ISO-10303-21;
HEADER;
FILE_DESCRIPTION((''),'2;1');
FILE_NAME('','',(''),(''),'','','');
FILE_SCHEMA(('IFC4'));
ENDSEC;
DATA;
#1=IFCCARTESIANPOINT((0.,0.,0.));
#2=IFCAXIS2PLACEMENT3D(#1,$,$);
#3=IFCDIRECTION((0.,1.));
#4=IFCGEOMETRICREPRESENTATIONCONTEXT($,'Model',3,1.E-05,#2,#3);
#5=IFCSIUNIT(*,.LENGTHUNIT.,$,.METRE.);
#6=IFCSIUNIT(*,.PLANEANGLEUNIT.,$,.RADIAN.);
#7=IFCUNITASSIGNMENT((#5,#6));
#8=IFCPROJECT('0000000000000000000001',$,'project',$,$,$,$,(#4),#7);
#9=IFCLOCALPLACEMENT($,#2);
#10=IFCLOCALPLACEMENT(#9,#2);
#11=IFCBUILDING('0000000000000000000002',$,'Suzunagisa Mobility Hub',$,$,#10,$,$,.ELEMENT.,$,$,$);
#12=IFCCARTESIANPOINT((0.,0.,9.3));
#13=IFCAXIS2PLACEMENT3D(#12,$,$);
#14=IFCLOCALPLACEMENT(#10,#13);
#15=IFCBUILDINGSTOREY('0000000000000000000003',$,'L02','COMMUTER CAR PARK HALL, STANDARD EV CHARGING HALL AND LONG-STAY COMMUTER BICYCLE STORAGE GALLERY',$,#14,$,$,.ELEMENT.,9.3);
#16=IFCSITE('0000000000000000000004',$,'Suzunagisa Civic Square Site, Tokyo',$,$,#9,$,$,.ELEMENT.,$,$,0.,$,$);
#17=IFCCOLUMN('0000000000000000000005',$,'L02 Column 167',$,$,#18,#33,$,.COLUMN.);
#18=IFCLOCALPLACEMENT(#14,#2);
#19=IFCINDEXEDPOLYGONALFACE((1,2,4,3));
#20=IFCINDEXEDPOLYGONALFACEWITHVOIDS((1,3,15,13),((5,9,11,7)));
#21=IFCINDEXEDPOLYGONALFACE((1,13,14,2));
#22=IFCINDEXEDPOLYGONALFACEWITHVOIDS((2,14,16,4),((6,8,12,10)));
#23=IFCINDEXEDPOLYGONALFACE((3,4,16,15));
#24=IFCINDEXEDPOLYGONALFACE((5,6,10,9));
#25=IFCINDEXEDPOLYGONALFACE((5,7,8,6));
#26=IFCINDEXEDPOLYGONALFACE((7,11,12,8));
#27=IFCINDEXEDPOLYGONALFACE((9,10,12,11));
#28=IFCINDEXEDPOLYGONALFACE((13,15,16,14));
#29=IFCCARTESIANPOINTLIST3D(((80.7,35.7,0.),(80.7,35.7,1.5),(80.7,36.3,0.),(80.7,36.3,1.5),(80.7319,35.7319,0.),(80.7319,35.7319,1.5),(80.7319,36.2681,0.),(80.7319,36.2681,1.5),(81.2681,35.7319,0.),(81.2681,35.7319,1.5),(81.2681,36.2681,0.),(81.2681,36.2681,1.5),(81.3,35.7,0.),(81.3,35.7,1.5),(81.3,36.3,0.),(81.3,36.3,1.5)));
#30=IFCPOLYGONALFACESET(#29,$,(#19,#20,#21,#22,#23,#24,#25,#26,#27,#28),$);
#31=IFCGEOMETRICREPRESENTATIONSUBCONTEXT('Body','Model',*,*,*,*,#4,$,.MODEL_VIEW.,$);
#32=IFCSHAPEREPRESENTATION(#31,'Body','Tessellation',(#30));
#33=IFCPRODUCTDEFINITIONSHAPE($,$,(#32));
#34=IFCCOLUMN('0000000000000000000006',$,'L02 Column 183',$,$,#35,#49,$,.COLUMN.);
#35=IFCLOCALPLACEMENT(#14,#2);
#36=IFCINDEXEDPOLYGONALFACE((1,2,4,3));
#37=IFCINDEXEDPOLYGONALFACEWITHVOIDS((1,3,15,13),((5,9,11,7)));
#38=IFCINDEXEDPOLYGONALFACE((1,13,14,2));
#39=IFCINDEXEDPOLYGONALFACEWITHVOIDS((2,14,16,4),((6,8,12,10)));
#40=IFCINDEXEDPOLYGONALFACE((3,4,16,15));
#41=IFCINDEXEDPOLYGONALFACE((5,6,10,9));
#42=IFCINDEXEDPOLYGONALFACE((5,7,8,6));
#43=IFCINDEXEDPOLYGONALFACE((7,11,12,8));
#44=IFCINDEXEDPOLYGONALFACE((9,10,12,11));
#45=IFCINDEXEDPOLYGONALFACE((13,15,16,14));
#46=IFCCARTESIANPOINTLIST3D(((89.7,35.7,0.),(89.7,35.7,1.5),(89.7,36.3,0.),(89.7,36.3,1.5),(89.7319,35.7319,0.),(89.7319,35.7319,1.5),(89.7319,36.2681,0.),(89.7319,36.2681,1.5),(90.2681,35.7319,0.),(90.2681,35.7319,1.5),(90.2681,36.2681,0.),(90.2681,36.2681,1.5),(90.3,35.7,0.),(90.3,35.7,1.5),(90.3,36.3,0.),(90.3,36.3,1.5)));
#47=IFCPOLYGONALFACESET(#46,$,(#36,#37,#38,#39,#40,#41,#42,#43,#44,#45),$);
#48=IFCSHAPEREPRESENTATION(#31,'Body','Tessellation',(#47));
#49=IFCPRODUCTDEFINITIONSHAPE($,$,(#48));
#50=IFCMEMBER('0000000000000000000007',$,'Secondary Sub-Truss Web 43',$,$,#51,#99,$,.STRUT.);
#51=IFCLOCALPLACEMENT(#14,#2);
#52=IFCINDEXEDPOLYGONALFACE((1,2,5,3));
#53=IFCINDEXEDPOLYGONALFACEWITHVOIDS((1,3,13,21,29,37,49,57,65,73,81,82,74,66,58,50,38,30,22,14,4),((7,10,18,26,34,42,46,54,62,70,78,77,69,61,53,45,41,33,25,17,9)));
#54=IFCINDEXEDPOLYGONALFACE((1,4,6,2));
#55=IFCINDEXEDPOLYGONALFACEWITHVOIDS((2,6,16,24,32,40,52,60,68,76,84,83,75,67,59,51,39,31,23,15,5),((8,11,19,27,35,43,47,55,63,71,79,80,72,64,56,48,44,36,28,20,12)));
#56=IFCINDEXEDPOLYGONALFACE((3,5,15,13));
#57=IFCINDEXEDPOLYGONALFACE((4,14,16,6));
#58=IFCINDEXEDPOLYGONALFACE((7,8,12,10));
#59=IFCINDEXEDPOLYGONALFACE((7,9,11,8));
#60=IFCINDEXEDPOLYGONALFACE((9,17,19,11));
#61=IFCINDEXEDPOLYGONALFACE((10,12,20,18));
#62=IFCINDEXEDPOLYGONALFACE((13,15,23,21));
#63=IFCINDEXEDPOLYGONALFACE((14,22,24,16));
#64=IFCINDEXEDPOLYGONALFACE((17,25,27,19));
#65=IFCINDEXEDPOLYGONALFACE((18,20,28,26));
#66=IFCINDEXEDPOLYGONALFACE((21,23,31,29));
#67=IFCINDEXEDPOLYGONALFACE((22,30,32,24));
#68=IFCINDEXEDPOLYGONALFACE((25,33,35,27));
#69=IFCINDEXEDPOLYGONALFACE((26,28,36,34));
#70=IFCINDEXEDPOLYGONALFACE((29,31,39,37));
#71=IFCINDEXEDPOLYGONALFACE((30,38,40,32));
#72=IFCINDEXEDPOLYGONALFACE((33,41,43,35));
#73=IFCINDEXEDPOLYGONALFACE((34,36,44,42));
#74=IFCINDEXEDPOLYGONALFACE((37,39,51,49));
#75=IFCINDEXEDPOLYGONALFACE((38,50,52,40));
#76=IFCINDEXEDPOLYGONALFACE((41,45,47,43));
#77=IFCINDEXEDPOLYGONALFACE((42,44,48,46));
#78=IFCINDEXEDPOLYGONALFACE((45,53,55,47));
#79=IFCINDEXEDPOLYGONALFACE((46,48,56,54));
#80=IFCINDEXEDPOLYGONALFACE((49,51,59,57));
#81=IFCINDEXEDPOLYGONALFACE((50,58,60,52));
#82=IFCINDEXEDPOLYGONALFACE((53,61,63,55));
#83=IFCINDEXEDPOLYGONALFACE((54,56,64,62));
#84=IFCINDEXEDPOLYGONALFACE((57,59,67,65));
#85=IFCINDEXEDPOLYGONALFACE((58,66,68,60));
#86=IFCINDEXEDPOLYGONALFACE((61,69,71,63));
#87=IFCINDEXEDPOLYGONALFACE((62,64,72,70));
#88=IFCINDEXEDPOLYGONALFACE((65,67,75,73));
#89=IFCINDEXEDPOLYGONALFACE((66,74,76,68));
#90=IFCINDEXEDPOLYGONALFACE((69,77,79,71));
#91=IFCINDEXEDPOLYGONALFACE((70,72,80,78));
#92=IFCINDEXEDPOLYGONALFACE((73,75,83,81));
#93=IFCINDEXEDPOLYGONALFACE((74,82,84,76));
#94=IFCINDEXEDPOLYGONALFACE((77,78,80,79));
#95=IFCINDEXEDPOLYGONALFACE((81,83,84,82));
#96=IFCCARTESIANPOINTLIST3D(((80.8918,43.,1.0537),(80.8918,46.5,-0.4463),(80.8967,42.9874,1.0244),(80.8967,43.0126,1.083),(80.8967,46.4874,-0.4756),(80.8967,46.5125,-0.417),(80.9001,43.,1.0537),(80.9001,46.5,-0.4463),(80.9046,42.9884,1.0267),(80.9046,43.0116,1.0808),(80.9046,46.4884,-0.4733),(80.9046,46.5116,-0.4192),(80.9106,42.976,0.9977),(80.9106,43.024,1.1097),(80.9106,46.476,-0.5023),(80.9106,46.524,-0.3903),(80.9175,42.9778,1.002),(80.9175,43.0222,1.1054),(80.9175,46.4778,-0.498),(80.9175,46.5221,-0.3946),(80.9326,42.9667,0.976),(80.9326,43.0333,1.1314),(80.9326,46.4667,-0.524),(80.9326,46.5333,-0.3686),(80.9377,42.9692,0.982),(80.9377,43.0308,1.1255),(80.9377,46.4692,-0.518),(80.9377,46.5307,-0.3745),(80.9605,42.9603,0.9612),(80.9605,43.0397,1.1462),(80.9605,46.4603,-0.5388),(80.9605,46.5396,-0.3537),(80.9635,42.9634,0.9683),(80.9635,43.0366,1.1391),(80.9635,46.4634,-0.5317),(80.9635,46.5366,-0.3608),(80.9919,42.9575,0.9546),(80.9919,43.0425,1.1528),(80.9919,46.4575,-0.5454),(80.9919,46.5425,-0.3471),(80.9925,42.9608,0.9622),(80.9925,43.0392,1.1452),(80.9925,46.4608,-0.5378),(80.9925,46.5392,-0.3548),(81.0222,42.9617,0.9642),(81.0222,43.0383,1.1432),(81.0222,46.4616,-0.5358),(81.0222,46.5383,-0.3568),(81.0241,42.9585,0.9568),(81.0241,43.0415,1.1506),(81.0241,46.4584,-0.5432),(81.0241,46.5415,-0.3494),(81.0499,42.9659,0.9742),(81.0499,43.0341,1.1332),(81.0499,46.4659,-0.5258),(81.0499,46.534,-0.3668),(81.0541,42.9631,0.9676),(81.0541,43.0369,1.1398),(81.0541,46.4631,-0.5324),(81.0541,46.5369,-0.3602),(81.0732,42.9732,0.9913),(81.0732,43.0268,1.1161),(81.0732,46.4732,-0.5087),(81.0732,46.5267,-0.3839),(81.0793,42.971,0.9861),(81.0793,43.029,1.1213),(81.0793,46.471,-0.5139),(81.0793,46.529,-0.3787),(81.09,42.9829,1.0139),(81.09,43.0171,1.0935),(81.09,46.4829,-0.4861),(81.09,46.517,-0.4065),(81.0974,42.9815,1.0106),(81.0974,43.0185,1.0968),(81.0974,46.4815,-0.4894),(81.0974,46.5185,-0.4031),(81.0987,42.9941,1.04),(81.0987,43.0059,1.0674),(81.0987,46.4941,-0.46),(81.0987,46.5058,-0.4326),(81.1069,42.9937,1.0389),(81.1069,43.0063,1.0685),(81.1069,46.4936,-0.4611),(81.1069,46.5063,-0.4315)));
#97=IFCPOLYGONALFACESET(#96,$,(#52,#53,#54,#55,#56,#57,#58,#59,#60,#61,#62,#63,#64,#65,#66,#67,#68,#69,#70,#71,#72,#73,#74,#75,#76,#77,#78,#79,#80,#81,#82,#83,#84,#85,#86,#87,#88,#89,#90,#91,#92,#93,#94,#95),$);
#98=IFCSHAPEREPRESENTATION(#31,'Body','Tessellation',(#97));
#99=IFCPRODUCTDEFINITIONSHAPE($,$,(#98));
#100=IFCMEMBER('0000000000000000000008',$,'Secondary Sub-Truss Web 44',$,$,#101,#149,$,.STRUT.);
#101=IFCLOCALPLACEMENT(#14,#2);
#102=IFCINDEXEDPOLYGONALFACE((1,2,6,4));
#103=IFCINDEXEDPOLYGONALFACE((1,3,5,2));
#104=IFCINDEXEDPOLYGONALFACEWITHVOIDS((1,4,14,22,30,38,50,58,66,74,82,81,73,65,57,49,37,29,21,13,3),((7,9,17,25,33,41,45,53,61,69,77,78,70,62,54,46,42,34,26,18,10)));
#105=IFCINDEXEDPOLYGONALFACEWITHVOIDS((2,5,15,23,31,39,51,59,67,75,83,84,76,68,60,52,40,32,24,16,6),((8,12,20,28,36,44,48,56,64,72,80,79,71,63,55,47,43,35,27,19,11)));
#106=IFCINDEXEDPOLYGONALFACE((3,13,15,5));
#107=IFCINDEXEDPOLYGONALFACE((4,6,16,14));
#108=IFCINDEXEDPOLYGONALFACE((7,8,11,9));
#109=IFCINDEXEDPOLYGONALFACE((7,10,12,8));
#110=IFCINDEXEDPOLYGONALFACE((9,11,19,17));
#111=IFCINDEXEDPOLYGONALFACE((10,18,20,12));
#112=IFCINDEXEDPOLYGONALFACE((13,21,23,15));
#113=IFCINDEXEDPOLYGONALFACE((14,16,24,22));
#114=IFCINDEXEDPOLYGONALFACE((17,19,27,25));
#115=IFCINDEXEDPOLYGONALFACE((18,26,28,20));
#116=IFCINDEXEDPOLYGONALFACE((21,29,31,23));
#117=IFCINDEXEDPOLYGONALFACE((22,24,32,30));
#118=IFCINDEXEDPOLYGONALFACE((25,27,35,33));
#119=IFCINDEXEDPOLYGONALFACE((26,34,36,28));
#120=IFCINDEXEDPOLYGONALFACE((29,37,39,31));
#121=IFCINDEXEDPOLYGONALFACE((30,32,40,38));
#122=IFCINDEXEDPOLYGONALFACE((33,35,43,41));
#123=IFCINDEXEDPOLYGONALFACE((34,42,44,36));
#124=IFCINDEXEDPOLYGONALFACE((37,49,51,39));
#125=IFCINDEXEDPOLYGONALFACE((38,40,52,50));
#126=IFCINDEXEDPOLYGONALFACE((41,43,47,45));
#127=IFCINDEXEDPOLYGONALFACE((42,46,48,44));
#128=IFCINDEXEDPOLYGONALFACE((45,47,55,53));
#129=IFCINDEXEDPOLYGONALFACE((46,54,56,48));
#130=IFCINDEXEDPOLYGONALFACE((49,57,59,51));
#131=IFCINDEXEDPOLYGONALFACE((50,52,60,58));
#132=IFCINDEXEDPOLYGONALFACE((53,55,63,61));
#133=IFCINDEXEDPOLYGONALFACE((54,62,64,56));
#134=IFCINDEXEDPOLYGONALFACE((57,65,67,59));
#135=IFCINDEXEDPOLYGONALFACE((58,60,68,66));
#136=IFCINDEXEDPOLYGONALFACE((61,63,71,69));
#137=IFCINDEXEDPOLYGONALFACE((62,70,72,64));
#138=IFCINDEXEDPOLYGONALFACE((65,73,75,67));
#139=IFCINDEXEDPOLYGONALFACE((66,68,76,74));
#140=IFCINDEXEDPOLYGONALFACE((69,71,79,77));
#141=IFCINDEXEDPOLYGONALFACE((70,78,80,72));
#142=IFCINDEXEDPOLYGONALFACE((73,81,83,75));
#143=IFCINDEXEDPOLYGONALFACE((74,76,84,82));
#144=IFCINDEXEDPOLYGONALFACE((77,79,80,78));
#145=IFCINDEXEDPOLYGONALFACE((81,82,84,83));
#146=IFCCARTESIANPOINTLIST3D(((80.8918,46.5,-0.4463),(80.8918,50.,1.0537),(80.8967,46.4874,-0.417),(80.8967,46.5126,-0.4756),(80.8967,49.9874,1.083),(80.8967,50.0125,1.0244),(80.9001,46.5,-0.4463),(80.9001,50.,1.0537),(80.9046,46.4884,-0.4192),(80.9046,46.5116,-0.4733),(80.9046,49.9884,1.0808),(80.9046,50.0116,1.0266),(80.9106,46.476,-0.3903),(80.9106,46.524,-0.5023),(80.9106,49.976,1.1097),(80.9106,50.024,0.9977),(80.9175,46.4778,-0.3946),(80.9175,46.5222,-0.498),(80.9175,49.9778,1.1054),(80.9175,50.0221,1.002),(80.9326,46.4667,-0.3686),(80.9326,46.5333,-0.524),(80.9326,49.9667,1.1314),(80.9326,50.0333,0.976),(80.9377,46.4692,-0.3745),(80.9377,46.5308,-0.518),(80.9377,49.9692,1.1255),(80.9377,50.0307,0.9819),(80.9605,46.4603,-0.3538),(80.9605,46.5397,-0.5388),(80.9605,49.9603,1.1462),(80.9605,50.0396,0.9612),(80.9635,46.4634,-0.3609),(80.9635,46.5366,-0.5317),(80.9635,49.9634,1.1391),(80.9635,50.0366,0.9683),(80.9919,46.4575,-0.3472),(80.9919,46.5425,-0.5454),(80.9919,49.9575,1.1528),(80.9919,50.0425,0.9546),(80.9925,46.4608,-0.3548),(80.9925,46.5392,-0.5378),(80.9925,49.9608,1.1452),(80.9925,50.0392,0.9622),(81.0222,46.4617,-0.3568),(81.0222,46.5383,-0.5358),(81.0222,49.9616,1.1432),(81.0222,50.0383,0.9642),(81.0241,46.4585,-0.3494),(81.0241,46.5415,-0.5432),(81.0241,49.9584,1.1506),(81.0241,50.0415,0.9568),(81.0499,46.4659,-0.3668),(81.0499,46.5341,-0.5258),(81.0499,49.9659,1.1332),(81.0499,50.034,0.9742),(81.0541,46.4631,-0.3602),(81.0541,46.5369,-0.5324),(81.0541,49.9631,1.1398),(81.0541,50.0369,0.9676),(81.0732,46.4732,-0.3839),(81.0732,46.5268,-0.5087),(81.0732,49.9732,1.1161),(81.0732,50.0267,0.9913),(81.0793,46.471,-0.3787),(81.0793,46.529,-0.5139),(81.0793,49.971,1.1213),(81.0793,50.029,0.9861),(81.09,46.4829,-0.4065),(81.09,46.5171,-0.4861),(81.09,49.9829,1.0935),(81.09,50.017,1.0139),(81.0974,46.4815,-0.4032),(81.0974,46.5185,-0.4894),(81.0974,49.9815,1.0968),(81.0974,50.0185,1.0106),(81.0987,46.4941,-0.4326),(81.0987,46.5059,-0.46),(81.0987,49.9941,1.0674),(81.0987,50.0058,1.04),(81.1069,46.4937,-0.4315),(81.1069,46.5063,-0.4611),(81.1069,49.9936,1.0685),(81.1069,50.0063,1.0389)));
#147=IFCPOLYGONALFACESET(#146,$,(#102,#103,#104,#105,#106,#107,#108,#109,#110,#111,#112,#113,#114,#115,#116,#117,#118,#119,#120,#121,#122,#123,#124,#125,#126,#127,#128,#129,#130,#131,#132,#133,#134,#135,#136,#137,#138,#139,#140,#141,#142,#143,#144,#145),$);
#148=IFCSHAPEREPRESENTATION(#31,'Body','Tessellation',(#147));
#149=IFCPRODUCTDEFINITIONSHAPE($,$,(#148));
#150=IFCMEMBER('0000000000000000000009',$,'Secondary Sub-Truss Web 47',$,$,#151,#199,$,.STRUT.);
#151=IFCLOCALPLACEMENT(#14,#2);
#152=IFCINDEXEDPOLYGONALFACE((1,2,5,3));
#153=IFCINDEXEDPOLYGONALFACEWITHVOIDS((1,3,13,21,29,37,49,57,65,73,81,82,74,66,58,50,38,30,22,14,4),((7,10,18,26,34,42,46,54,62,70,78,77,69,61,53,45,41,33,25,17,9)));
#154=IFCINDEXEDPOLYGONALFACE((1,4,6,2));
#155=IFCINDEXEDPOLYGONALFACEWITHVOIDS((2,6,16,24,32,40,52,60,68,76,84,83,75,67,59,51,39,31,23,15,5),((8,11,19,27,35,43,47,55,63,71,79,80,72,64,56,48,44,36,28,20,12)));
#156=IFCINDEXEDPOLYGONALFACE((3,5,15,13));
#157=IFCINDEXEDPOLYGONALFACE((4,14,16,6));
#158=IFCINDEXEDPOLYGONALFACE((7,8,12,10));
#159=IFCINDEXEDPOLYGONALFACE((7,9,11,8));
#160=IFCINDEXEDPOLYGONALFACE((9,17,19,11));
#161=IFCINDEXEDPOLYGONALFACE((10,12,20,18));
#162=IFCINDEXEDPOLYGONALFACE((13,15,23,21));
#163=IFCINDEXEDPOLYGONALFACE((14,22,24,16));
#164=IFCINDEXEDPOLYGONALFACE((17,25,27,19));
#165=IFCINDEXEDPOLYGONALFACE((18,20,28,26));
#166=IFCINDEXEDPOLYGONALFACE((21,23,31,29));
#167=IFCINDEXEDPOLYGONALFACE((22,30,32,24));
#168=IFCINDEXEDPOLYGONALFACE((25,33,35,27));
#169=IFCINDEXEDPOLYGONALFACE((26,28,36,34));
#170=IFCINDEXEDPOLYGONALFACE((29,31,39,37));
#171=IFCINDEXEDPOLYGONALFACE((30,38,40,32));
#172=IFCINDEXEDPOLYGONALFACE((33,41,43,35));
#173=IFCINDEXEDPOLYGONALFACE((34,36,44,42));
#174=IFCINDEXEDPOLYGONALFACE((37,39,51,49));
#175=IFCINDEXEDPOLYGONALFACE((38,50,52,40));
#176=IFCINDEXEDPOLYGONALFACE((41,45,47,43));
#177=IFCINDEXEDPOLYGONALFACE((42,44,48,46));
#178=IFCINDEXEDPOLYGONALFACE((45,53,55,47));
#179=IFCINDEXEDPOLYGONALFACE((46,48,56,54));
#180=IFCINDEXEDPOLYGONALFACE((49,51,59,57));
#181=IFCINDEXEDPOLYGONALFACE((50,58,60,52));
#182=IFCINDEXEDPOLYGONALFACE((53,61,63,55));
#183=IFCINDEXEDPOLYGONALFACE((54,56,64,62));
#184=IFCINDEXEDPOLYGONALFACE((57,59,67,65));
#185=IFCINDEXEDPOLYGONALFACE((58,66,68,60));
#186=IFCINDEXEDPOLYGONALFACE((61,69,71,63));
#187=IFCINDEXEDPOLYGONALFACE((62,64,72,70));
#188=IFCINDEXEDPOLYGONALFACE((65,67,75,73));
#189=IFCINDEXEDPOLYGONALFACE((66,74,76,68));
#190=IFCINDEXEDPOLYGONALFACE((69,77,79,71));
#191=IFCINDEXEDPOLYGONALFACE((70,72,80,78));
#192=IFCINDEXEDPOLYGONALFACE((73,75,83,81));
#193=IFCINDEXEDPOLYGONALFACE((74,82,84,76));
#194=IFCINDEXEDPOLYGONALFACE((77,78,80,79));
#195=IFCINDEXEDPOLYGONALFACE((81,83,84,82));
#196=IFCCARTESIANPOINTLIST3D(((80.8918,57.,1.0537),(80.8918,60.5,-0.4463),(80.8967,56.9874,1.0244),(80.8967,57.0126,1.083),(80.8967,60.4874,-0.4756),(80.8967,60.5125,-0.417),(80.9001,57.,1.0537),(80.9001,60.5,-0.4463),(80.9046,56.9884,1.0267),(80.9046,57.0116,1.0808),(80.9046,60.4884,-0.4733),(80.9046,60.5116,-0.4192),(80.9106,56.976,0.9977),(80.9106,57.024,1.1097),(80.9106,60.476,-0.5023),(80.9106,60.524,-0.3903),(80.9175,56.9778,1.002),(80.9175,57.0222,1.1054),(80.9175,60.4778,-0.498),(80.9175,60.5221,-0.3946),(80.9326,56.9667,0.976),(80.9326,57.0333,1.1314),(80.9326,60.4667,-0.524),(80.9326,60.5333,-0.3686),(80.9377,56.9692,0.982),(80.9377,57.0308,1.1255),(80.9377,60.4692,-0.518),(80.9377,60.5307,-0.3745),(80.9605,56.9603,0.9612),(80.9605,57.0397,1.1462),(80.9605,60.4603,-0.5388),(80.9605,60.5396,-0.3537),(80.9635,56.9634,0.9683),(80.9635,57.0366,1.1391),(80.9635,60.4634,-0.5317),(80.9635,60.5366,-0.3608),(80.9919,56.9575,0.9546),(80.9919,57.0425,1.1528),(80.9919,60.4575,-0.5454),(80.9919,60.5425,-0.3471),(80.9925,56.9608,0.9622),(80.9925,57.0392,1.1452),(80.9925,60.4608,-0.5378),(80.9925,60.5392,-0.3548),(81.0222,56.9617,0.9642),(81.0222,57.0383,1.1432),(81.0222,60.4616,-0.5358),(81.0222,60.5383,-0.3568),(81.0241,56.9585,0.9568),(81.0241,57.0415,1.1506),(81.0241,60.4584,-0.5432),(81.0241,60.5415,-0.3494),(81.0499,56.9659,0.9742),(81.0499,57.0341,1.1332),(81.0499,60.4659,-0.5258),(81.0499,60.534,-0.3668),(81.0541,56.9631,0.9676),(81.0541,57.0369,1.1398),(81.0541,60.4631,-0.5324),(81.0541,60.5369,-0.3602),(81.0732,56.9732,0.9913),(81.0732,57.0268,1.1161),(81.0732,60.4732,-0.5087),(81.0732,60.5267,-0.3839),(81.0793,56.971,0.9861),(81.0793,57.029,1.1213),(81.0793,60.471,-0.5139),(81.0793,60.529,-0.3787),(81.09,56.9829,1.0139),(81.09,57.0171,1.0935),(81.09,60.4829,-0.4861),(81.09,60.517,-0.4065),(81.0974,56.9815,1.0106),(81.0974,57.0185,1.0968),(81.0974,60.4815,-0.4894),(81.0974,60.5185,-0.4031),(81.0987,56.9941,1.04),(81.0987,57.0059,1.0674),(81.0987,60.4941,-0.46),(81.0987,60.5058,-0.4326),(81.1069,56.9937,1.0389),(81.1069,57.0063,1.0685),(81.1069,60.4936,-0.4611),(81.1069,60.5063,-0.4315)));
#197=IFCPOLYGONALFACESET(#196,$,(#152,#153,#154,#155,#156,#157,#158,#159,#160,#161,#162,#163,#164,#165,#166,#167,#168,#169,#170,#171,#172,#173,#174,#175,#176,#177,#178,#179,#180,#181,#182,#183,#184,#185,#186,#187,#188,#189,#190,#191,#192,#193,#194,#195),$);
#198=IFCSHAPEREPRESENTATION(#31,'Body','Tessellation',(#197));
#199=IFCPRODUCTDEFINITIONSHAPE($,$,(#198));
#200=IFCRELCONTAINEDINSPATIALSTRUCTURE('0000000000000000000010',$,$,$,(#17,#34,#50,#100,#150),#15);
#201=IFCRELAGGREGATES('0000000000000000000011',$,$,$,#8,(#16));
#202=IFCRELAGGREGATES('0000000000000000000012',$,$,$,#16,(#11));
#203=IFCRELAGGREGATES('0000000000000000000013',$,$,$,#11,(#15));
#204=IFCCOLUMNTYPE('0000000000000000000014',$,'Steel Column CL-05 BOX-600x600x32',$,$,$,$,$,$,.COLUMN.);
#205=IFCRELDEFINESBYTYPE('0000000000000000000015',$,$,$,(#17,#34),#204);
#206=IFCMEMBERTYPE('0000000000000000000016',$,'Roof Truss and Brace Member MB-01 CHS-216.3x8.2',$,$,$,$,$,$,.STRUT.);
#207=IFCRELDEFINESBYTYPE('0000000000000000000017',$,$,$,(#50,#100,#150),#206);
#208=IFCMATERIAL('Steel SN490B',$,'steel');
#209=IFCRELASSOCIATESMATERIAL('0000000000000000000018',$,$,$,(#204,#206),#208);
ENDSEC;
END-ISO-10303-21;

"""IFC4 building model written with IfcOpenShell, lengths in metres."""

from ifc_helpers import new_model, si_unit, direction, frame, origin, origin_2d, place, context, subcontext, project, spatial, hollow_rectangle, hollow_circle, extrude, material, material_profile, profile_set, type_object, element, save


model = new_model("IFC4")

# Units and contexts
model_context = context("Model", 3, precision=1e-05, world=origin(), true_north=direction((0.0, 1.0)))
body_context = subcontext(model_context, "Body", "Model", "MODEL_VIEW")
ifc_project = project(units=[si_unit("LENGTHUNIT", "METRE"), si_unit("PLANEANGLEUNIT", "RADIAN")], contexts=[model_context])

# Site, building, storey
site_placement = place(None, origin())
site = spatial("IfcSite", under=ifc_project, at=site_placement, Name="Suzunagisa Civic Square Site, Tokyo", CompositionType="ELEMENT", RefElevation=0.0)
building_placement = place(site_placement, origin())
building = spatial("IfcBuilding", under=site, at=building_placement, Name="Suzunagisa Mobility Hub", CompositionType="ELEMENT")
storey_placement = place(building_placement, frame((0.0, 0.0, 9.3)))
storey = spatial("IfcBuildingStorey", under=building, at=storey_placement, Name="L02", Description="COMMUTER CAR PARK HALL, STANDARD EV CHARGING HALL AND LONG-STAY COMMUTER BICYCLE STORAGE GALLERY", CompositionType="ELEMENT", Elevation=9.3)

# Columns
ifc_material_1 = material(Name="Steel SN490B", Category="steel")
ifc_material_profile_1 = material_profile(ifc_material_1, hollow_rectangle(XDim=0.6001, YDim=0.6001, WallThickness=0.032, at=origin_2d()), Name="BOX-600x600x32")
ifc_profile_set_1 = profile_set([ifc_material_profile_1], Name="Steel SN490B")
column_type = type_object("IfcColumnType", Name="Steel Column CL-05 BOX-600x600x32", PredefinedType="COLUMN", material=ifc_profile_set_1)
for number, where, z_axis, x_axis, name in (
    (1, (81.0, 36.0, 0.0), (0.0, 0.0, 1.0), (1.0, 0.0, 0.0), "L02 Column 167"),
    (2, (90.0, 36.0, 0.0), (0.0, 0.0, 1.0), (1.0, 0.0, 0.0), "L02 Column 183"),
):
    element("IfcColumn", number, at=place(storey_placement, frame(where, z_axis=z_axis, x_axis=x_axis)), inside=storey, type_object=column_type, Name=name, PredefinedType="COLUMN", context=body_context, shape_type="SweptSolid", body=[
        extrude(hollow_rectangle(XDim=0.6001, YDim=0.6001, WallThickness=0.032, at=origin_2d()), origin(), (0.0, 0.0, 1.0), 1.5),
    ])

# Members
ifc_material_profile_2 = material_profile(ifc_material_1, hollow_circle(Radius=0.1082, WallThickness=0.0083, at=origin_2d()), Name="CHS-216.3x8.2")
ifc_profile_set_2 = profile_set([ifc_material_profile_2], Name="Steel SN490B")
member_type_1 = type_object("IfcMemberType", Name="Roof Truss and Brace Member MB-01 CHS-216.3x8.2", PredefinedType="STRUT", material=ifc_profile_set_2)
for number, where, z_axis, x_axis, name in (
    (3, (81.0, 43.0, 1.0537), (0.0, 0.919145, -0.393919), (-1.0, 0.0, 0.0), "Secondary Sub-Truss Web 43"),
    (4, (81.0, 46.5, -0.4463), (0.0, 0.919145, 0.393919), (-1.0, 0.0, 0.0), "Secondary Sub-Truss Web 44"),
    (5, (81.0, 57.0, 1.0537), (0.0, 0.919145, -0.393919), (-1.0, 0.0, 0.0), "Secondary Sub-Truss Web 47"),
):
    element("IfcMember", number, at=place(storey_placement, frame(where, z_axis=z_axis, x_axis=x_axis)), inside=storey, type_object=member_type_1, Name=name, PredefinedType="STRUT", context=body_context, shape_type="SweptSolid", body=[
        extrude(hollow_circle(Radius=0.1082, WallThickness=0.0083, at=origin_2d()), origin(), (0.0, 0.0, 1.0), 3.8079),
    ])

save(model, "model.ifc")
